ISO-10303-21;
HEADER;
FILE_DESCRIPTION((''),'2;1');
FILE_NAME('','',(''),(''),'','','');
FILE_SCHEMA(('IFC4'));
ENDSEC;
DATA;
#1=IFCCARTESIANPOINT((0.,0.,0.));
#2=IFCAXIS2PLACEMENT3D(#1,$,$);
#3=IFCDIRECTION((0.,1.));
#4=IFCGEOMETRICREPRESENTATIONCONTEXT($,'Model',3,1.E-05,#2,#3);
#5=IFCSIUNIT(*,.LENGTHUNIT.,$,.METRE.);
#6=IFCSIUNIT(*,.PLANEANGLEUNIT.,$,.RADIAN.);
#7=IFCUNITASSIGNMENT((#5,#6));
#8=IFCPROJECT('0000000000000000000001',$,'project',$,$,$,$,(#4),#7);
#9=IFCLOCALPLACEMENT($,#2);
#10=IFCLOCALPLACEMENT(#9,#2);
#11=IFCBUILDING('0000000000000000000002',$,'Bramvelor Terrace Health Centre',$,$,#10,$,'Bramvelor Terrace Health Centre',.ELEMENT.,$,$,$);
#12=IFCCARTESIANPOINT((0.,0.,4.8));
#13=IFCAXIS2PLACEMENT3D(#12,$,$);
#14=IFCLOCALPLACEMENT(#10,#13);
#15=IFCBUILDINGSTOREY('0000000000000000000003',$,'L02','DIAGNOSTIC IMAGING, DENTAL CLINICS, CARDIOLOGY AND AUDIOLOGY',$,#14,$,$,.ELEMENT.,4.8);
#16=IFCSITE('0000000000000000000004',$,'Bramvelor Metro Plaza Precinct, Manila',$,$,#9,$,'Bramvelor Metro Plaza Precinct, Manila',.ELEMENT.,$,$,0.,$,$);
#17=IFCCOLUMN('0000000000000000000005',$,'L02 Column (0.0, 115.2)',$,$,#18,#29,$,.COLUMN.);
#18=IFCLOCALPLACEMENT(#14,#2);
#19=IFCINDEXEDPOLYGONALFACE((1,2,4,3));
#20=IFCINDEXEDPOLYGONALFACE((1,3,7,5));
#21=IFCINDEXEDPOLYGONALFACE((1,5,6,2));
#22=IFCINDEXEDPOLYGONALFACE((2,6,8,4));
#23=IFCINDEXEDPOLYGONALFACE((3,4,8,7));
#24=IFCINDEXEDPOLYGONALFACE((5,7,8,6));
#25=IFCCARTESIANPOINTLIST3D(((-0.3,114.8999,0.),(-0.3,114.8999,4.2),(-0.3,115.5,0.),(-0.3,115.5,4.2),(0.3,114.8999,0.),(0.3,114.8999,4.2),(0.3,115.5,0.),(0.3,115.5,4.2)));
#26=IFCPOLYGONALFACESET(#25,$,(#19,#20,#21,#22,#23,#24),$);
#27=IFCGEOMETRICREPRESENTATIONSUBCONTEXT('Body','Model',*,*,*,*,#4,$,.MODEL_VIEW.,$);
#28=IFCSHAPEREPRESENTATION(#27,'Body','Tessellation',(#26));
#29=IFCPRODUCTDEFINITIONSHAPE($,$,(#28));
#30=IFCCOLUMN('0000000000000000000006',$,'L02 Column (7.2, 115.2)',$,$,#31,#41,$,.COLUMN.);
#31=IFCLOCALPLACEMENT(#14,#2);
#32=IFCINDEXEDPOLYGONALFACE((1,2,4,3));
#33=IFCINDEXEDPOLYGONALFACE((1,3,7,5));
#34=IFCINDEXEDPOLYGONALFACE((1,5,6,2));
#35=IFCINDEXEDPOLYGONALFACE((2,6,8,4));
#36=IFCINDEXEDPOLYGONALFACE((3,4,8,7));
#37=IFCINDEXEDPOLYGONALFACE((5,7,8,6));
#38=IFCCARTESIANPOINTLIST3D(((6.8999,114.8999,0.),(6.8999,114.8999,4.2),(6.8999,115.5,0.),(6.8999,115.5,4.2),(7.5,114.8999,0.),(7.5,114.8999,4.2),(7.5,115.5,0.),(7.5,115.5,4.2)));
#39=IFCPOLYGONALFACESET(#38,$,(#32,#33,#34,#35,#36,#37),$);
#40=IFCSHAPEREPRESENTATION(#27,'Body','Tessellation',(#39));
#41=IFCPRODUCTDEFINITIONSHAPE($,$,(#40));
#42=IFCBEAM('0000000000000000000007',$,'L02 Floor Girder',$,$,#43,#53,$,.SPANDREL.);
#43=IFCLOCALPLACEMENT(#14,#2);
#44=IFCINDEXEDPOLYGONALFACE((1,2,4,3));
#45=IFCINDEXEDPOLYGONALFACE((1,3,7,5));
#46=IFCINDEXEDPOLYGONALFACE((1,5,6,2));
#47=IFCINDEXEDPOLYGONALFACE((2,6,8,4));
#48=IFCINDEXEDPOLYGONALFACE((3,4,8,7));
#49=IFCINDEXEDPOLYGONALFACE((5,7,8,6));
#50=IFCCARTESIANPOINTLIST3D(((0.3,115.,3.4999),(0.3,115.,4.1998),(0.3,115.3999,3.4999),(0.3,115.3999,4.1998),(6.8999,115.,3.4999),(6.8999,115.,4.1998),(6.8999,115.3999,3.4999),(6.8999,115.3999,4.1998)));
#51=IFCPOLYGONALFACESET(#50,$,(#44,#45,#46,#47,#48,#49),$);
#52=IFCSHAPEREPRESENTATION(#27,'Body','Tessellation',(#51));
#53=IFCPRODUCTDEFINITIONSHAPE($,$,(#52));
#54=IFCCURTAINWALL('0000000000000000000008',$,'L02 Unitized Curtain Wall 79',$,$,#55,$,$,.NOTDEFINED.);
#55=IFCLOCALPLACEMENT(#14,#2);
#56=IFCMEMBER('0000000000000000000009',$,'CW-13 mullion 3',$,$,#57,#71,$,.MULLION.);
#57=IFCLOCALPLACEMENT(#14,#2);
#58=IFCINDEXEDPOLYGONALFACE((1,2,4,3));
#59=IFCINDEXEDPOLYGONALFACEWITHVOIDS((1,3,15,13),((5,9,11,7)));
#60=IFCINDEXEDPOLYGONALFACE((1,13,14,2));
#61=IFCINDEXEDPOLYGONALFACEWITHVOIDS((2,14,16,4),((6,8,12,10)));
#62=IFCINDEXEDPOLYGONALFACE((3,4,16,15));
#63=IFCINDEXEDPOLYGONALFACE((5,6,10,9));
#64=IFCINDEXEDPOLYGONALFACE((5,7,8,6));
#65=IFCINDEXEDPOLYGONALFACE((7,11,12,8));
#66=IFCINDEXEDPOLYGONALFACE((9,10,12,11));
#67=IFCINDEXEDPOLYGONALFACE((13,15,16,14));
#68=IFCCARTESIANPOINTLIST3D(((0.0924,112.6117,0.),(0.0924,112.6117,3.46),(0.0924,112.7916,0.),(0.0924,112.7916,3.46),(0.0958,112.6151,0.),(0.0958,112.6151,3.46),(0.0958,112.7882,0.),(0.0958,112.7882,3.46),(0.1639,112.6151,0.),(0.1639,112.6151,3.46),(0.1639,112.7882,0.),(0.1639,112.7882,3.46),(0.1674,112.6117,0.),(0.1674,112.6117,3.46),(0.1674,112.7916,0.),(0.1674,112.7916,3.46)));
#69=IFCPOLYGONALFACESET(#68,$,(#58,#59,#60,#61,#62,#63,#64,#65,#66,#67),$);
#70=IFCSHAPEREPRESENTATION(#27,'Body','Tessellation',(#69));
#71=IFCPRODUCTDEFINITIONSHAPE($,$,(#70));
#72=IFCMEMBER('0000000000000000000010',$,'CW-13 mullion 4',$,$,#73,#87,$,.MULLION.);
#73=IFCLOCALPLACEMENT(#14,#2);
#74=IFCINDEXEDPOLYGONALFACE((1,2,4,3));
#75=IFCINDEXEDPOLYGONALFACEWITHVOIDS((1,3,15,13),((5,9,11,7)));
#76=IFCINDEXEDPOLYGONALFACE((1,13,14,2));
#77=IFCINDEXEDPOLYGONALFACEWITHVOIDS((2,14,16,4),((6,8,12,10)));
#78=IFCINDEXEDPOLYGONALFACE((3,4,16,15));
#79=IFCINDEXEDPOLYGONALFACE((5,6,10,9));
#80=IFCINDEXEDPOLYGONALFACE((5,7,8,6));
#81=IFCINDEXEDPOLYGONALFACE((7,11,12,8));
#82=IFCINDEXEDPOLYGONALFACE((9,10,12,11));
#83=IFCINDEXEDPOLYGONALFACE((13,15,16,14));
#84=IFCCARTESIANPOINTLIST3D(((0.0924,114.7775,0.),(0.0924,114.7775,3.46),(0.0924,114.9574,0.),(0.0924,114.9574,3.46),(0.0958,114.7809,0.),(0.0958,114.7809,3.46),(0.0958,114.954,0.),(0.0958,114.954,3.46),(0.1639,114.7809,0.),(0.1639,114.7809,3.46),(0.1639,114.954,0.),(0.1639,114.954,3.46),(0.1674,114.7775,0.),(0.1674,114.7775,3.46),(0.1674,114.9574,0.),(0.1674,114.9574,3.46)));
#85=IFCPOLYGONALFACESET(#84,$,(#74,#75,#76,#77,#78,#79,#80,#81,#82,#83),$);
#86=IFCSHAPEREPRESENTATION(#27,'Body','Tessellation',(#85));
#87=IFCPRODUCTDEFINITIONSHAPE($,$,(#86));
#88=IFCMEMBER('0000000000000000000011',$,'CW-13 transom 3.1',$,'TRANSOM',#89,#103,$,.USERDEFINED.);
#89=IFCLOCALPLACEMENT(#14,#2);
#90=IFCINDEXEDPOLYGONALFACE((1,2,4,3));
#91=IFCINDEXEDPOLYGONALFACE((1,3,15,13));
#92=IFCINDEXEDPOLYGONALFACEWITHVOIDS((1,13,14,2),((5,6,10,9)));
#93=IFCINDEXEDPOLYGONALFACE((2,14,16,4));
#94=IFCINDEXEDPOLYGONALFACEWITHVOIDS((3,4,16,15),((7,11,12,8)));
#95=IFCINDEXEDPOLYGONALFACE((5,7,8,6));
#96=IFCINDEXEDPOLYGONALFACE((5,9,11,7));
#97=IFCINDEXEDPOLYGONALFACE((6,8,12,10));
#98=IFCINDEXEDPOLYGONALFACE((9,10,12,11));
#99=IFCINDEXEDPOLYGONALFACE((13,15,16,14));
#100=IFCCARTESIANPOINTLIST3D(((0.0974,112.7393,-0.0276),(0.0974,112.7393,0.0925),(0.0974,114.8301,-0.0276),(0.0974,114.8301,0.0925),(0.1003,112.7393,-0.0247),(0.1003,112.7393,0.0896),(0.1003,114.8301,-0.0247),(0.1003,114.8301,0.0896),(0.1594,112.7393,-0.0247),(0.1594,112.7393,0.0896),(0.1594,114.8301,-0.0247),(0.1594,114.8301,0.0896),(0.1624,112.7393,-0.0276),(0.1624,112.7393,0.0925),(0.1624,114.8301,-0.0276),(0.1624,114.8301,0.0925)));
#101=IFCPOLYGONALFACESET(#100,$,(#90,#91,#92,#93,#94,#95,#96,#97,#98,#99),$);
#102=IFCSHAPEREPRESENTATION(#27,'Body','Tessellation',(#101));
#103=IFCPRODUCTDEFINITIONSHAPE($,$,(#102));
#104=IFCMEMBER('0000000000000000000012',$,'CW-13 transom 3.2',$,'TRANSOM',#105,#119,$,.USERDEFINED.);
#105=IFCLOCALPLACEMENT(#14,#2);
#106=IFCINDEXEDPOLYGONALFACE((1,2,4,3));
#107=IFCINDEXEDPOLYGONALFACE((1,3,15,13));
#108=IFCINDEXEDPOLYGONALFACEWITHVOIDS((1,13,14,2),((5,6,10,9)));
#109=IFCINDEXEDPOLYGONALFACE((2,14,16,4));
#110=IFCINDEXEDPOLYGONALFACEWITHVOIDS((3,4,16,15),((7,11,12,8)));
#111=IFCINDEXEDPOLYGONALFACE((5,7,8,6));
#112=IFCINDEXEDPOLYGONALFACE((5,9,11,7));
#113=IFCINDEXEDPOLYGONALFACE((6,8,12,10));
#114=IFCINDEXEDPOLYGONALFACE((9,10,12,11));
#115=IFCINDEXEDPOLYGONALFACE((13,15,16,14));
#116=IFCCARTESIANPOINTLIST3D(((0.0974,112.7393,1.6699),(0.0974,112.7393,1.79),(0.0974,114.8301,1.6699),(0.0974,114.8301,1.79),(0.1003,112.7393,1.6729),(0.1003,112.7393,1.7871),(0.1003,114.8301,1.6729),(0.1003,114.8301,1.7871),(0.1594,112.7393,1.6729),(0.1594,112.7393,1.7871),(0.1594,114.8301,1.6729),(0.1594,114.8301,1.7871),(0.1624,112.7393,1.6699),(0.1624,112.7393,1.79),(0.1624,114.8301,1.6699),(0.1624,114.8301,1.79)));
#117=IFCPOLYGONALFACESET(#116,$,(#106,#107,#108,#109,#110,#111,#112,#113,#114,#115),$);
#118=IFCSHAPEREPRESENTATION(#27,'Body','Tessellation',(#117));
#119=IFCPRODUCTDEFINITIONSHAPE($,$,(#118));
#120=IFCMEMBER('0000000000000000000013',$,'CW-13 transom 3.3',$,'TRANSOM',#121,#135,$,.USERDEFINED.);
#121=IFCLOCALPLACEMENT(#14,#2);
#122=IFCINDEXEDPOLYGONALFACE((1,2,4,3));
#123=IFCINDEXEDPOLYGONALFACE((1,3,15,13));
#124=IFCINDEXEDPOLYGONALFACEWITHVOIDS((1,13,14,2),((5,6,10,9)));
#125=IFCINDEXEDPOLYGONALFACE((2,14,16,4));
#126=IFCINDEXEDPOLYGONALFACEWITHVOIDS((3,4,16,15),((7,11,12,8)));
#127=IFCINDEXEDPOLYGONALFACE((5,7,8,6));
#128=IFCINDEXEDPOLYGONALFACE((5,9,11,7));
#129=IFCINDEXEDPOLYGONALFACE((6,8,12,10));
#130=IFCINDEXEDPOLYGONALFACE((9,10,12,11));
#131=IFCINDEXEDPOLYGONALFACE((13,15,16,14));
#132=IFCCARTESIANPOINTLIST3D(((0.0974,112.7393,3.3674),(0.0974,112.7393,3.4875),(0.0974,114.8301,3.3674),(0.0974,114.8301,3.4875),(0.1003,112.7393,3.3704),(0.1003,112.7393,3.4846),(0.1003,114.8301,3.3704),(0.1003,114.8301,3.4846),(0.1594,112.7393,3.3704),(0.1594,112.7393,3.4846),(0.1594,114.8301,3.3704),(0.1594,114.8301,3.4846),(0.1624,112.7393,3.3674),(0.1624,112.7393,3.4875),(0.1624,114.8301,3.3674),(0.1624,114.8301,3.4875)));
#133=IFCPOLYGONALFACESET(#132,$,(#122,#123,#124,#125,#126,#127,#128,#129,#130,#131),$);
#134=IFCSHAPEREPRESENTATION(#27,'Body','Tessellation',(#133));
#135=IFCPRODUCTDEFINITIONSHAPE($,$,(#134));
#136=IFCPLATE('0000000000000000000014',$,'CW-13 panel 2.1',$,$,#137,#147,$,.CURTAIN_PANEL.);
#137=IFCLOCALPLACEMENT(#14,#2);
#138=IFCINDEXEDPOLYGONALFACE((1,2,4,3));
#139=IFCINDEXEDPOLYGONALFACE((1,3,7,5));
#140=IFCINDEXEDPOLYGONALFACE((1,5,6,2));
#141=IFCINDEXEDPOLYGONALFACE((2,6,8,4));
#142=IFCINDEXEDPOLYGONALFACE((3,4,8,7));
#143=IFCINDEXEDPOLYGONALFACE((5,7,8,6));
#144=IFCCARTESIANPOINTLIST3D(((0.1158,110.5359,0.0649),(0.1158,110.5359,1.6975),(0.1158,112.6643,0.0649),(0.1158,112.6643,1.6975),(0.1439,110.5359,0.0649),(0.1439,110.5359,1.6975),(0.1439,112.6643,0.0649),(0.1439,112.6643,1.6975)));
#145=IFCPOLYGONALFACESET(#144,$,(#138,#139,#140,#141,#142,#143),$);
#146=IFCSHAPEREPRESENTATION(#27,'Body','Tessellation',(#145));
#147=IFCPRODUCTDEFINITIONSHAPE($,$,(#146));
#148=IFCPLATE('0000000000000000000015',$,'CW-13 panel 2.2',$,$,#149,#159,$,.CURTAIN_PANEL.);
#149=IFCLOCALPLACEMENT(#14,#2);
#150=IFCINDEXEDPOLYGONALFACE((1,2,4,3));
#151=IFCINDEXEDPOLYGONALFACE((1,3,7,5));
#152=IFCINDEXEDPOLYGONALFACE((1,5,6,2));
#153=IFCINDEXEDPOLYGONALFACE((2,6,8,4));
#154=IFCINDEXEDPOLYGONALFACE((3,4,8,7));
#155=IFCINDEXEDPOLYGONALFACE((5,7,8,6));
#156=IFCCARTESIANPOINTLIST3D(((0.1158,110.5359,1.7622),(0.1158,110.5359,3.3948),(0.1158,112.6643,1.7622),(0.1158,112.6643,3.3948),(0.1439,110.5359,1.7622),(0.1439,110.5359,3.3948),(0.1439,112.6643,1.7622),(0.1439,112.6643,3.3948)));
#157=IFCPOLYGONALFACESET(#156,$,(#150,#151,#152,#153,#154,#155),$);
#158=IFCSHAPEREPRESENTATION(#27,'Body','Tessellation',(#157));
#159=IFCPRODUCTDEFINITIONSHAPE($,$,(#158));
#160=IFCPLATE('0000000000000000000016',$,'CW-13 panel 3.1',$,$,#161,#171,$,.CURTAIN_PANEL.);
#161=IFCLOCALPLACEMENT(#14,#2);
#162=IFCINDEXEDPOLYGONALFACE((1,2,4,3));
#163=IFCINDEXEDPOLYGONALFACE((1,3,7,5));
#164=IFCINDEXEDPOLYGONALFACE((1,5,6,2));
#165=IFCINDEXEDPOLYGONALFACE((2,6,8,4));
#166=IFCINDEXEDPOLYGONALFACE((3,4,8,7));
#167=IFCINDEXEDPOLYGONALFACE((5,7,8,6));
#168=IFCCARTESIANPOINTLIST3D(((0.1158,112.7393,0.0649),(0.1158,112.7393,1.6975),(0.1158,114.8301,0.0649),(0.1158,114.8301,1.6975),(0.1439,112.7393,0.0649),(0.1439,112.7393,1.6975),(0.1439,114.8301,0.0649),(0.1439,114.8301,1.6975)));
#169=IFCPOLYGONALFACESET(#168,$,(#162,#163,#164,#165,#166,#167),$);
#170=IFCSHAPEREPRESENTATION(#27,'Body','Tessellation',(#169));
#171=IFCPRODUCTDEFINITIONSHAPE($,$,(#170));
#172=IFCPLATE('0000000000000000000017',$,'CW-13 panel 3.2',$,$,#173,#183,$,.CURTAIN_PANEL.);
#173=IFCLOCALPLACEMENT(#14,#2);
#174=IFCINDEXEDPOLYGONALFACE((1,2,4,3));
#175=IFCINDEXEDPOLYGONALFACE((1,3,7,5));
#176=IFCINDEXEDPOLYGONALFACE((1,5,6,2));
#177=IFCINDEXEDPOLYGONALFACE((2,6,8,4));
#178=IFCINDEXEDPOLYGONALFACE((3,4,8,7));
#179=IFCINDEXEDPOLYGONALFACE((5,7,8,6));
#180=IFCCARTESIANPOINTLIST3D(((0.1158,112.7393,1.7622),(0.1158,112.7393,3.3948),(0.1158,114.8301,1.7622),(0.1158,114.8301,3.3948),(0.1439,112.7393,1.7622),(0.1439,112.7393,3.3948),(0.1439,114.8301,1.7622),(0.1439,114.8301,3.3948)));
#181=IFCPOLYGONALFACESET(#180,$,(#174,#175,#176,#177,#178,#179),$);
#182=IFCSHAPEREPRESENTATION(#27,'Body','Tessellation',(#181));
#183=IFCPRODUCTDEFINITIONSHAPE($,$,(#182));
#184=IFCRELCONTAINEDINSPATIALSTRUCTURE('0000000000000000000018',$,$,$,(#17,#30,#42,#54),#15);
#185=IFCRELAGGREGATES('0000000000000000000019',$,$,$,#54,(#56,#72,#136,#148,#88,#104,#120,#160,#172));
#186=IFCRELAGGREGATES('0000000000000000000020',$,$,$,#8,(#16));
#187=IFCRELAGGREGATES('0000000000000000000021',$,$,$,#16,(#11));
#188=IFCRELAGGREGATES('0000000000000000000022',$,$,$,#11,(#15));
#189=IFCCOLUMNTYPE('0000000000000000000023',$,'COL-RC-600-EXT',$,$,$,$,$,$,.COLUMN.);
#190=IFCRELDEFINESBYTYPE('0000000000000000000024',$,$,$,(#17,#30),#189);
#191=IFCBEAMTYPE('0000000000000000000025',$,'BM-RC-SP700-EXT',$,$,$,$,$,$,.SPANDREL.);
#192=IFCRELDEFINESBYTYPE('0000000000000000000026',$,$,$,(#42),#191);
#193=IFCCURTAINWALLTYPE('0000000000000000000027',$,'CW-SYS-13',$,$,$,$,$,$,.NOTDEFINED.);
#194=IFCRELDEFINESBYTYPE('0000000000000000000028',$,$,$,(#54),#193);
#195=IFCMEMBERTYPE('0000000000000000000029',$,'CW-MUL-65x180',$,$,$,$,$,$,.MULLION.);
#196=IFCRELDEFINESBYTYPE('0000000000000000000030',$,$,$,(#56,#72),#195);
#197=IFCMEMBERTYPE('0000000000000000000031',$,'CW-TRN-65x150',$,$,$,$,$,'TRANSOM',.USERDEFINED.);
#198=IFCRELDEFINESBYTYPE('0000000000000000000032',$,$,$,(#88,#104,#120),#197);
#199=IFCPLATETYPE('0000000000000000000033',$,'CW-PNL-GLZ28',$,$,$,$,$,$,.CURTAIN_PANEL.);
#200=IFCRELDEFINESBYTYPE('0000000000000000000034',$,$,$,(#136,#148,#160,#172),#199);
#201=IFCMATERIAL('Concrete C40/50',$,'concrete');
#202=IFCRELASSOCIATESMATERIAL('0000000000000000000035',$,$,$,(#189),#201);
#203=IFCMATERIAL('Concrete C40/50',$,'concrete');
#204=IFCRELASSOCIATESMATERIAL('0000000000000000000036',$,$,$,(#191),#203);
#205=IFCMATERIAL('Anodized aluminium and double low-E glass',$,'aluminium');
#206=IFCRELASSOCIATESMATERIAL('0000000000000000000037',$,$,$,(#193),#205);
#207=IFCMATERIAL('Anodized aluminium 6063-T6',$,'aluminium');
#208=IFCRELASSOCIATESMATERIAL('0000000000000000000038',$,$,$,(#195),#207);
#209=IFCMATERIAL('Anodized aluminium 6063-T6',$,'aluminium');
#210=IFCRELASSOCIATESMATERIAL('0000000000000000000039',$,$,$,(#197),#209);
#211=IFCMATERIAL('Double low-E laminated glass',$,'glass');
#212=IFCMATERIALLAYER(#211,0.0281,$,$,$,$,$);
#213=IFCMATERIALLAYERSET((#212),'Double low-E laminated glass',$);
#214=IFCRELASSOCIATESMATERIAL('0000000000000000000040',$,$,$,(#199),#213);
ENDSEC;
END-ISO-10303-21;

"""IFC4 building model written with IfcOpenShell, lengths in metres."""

from ifc_helpers import new_model, si_unit, direction, frame, origin, origin_2d, place, context, subcontext, project, spatial, rectangle, hollow_rectangle, extrude, material, layer, layer_set, material_profile, profile_set, type_object, element, aggregate, save


model = new_model("IFC4")

# Units and contexts
model_context = context("Model", 3, precision=1e-05, world=origin(), true_north=direction((0.0, 1.0)))
body_context = subcontext(model_context, "Body", "Model", "MODEL_VIEW")
ifc_project = project(units=[si_unit("LENGTHUNIT", "METRE"), si_unit("PLANEANGLEUNIT", "RADIAN")], contexts=[model_context])

# Site, building, storey
site_placement = place(None, origin())
site = spatial("IfcSite", under=ifc_project, at=site_placement, Name="Bramvelor Metro Plaza Precinct, Manila", LongName="Bramvelor Metro Plaza Precinct, Manila", CompositionType="ELEMENT", RefElevation=0.0)
building_placement = place(site_placement, origin())
building = spatial("IfcBuilding", under=site, at=building_placement, Name="Bramvelor Terrace Health Centre", LongName="Bramvelor Terrace Health Centre", CompositionType="ELEMENT")
storey_placement = place(building_placement, frame((0.0, 0.0, 4.8)))
storey = spatial("IfcBuildingStorey", under=building, at=storey_placement, Name="L02", Description="DIAGNOSTIC IMAGING, DENTAL CLINICS, CARDIOLOGY AND AUDIOLOGY", CompositionType="ELEMENT", Elevation=4.8)

# Columns
ifc_material_1 = material(Name="Concrete C40/50", Category="concrete")
ifc_material_profile_1 = material_profile(ifc_material_1, rectangle(XDim=0.6001, YDim=0.6001, at=origin_2d()), Name="RC 600x600")
ifc_profile_set_1 = profile_set([ifc_material_profile_1], Name="Concrete C40/50")
column_type = type_object("IfcColumnType", Name="COL-RC-600-EXT", PredefinedType="COLUMN", material=ifc_profile_set_1)
for number, where, z_axis, x_axis, name in (
    (1, (0.0, 115.2, 0.0), (0.0, 0.0, 1.0), (1.0, 0.0, 0.0), "L02 Column (0.0, 115.2)"),
    (2, (7.2, 115.2, 0.0), (0.0, 0.0, 1.0), (1.0, 0.0, 0.0), "L02 Column (7.2, 115.2)"),
):
    element("IfcColumn", number, at=place(storey_placement, frame(where, z_axis=z_axis, x_axis=x_axis)), inside=storey, type_object=column_type, Name=name, PredefinedType="COLUMN", context=body_context, shape_type="SweptSolid", body=[
        extrude(rectangle(XDim=0.6001, YDim=0.6001, at=origin_2d()), origin(), (0.0, 0.0, 1.0), 4.2),
    ])

# Beam
ifc_material_2 = material(Name="Concrete C40/50", Category="concrete")
ifc_material_profile_2 = material_profile(ifc_material_2, rectangle(XDim=0.3999, YDim=0.7, at=origin_2d()), Name="RC 400x700")
ifc_profile_set_2 = profile_set([ifc_material_profile_2], Name="Concrete C40/50")
beam_type = type_object("IfcBeamType", Name="BM-RC-SP700-EXT", PredefinedType="SPANDREL", material=ifc_profile_set_2)
beam_placement = place(storey_placement, frame((0.3, 115.2, 3.8499), z_axis=(1.0, 0.0, 0.0), x_axis=(0.0, 1.0, 0.0)))
element("IfcBeam", 3, at=beam_placement, inside=storey, type_object=beam_type, Name="L02 Floor Girder", PredefinedType="SPANDREL", context=body_context, shape_type="SweptSolid", body=[
    extrude(rectangle(XDim=0.3999, YDim=0.7, at=origin_2d()), origin(), (0.0, 0.0, 1.0), 6.5999),
])

# Curtain wall, members, plates
ifc_material_3 = material(Name="Anodized aluminium and double low-E glass", Category="aluminium")
curtain_wall_type = type_object("IfcCurtainWallType", Name="CW-SYS-13", PredefinedType="NOTDEFINED", material=ifc_material_3)
curtain_wall_placement = place(storey_placement, origin())
curtain_wall = element("IfcCurtainWall", 4, at=curtain_wall_placement, inside=storey, type_object=curtain_wall_type, Name="L02 Unitized Curtain Wall 79", PredefinedType="NOTDEFINED")
ifc_material_4 = material(Name="Anodized aluminium 6063-T6", Category="aluminium")
ifc_material_profile_3 = material_profile(ifc_material_4, hollow_rectangle(XDim=0.075, YDim=0.1799, WallThickness=0.0034, at=origin_2d()), Name="ALU-MUL 75x180x3.5")
ifc_profile_set_3 = profile_set([ifc_material_profile_3], Name="Anodized aluminium 6063-T6")
member_type_1 = type_object("IfcMemberType", Name="CW-MUL-65x180", PredefinedType="MULLION", material=ifc_profile_set_3)
member_1_placement = place(storey_placement, frame((0.1299, 112.7017, 0.0), z_axis=(0.0, 0.0, 1.0), x_axis=(-1.0, 0.0, 0.0)))
member_1 = element("IfcMember", 5, at=member_1_placement, type_object=member_type_1, Name="CW-13 mullion 3", PredefinedType="MULLION", context=body_context, shape_type="SweptSolid", body=[
    extrude(hollow_rectangle(XDim=0.075, YDim=0.1799, WallThickness=0.0034, at=origin_2d()), origin(), (0.0, 0.0, 1.0), 3.46),
])
member_2_placement = place(storey_placement, frame((0.1299, 114.8674, 0.0), z_axis=(0.0, 0.0, 1.0), x_axis=(-1.0, 0.0, 0.0)))
member_2 = element("IfcMember", 6, at=member_2_placement, type_object=member_type_1, Name="CW-13 mullion 4", PredefinedType="MULLION", context=body_context, shape_type="SweptSolid", body=[
    extrude(hollow_rectangle(XDim=0.075, YDim=0.1799, WallThickness=0.0034, at=origin_2d()), origin(), (0.0, 0.0, 1.0), 3.46),
])
ifc_material_5 = material(Name="Anodized aluminium 6063-T6", Category="aluminium")
ifc_material_profile_4 = material_profile(ifc_material_5, hollow_rectangle(XDim=0.0649, YDim=0.1201, WallThickness=0.0029, at=origin_2d()), Name="ALU-TRN 65x120x3.0")
ifc_profile_set_4 = profile_set([ifc_material_profile_4], Name="Anodized aluminium 6063-T6")
member_type_2 = type_object("IfcMemberType", Name="CW-TRN-65x150", ElementType="TRANSOM", PredefinedType="USERDEFINED", material=ifc_profile_set_4)
member_3_placement = place(storey_placement, frame((0.1299, 112.7393, 0.0325), z_axis=(0.0, 1.0, 0.0), x_axis=(-1.0, 0.0, 0.0)))
member_3 = element("IfcMember", 7, at=member_3_placement, type_object=member_type_2, Name="CW-13 transom 3.1", ObjectType="TRANSOM", PredefinedType="USERDEFINED", context=body_context, shape_type="SweptSolid", body=[
    extrude(hollow_rectangle(XDim=0.0649, YDim=0.1201, WallThickness=0.0029, at=origin_2d()), origin(), (0.0, 0.0, 1.0), 2.0908),
])
member_4_placement = place(storey_placement, frame((0.1299, 112.7393, 1.73), z_axis=(0.0, 1.0, 0.0), x_axis=(-1.0, 0.0, 0.0)))
member_4 = element("IfcMember", 8, at=member_4_placement, type_object=member_type_2, Name="CW-13 transom 3.2", ObjectType="TRANSOM", PredefinedType="USERDEFINED", context=body_context, shape_type="SweptSolid", body=[
    extrude(hollow_rectangle(XDim=0.0649, YDim=0.1201, WallThickness=0.0029, at=origin_2d()), origin(), (0.0, 0.0, 1.0), 2.0908),
])
member_5_placement = place(storey_placement, frame((0.1299, 112.7393, 3.4275), z_axis=(0.0, 1.0, 0.0), x_axis=(-1.0, 0.0, 0.0)))
member_5 = element("IfcMember", 9, at=member_5_placement, type_object=member_type_2, Name="CW-13 transom 3.3", ObjectType="TRANSOM", PredefinedType="USERDEFINED", context=body_context, shape_type="SweptSolid", body=[
    extrude(hollow_rectangle(XDim=0.0649, YDim=0.1201, WallThickness=0.0029, at=origin_2d()), origin(), (0.0, 0.0, 1.0), 2.0908),
])
ifc_material_6 = material(Name="Double low-E laminated glass", Category="glass")
ifc_layer_1 = layer(ifc_material_6, 0.0281)
ifc_layer_set_1 = layer_set([ifc_layer_1], Name="Double low-E laminated glass")
plate_type = type_object("IfcPlateType", Name="CW-PNL-GLZ28", PredefinedType="CURTAIN_PANEL", material=ifc_layer_set_1)
plate_1_placement = place(storey_placement, frame((0.1299, 111.6001, 0.0649), z_axis=(0.0, 0.0, 1.0), x_axis=(0.0, 1.0, 0.0)))
plate_1 = element("IfcPlate", 10, at=plate_1_placement, type_object=plate_type, Name="CW-13 panel 2.1", PredefinedType="CURTAIN_PANEL", context=body_context, shape_type="SweptSolid", body=[
    extrude(rectangle(XDim=2.1284, YDim=0.0281, at=origin_2d()), origin(), (0.0, 0.0, 1.0), 1.6326),
])
plate_2_placement = place(storey_placement, frame((0.1299, 111.6001, 1.7622), z_axis=(0.0, 0.0, 1.0), x_axis=(0.0, 1.0, 0.0)))
plate_2 = element("IfcPlate", 11, at=plate_2_placement, type_object=plate_type, Name="CW-13 panel 2.2", PredefinedType="CURTAIN_PANEL", context=body_context, shape_type="SweptSolid", body=[
    extrude(rectangle(XDim=2.1284, YDim=0.0281, at=origin_2d()), origin(), (0.0, 0.0, 1.0), 1.6326),
])
plate_3_placement = place(storey_placement, frame((0.1299, 113.7847, 0.0649), z_axis=(0.0, 0.0, 1.0), x_axis=(0.0, 1.0, 0.0)))
plate_3 = element("IfcPlate", 12, at=plate_3_placement, type_object=plate_type, Name="CW-13 panel 3.1", PredefinedType="CURTAIN_PANEL", context=body_context, shape_type="SweptSolid", body=[
    extrude(rectangle(XDim=2.0908, YDim=0.0281, at=origin_2d()), origin(), (0.0, 0.0, 1.0), 1.6326),
])
plate_4_placement = place(storey_placement, frame((0.1299, 113.7847, 1.7622), z_axis=(0.0, 0.0, 1.0), x_axis=(0.0, 1.0, 0.0)))
plate_4 = element("IfcPlate", 13, at=plate_4_placement, type_object=plate_type, Name="CW-13 panel 3.2", PredefinedType="CURTAIN_PANEL", context=body_context, shape_type="SweptSolid", body=[
    extrude(rectangle(XDim=2.0908, YDim=0.0281, at=origin_2d()), origin(), (0.0, 0.0, 1.0), 1.6326),
])
aggregate(curtain_wall, [member_1, member_2, plate_1, plate_2, member_3, member_4, member_5, plate_3, plate_4])

save(model, "model.ifc")
